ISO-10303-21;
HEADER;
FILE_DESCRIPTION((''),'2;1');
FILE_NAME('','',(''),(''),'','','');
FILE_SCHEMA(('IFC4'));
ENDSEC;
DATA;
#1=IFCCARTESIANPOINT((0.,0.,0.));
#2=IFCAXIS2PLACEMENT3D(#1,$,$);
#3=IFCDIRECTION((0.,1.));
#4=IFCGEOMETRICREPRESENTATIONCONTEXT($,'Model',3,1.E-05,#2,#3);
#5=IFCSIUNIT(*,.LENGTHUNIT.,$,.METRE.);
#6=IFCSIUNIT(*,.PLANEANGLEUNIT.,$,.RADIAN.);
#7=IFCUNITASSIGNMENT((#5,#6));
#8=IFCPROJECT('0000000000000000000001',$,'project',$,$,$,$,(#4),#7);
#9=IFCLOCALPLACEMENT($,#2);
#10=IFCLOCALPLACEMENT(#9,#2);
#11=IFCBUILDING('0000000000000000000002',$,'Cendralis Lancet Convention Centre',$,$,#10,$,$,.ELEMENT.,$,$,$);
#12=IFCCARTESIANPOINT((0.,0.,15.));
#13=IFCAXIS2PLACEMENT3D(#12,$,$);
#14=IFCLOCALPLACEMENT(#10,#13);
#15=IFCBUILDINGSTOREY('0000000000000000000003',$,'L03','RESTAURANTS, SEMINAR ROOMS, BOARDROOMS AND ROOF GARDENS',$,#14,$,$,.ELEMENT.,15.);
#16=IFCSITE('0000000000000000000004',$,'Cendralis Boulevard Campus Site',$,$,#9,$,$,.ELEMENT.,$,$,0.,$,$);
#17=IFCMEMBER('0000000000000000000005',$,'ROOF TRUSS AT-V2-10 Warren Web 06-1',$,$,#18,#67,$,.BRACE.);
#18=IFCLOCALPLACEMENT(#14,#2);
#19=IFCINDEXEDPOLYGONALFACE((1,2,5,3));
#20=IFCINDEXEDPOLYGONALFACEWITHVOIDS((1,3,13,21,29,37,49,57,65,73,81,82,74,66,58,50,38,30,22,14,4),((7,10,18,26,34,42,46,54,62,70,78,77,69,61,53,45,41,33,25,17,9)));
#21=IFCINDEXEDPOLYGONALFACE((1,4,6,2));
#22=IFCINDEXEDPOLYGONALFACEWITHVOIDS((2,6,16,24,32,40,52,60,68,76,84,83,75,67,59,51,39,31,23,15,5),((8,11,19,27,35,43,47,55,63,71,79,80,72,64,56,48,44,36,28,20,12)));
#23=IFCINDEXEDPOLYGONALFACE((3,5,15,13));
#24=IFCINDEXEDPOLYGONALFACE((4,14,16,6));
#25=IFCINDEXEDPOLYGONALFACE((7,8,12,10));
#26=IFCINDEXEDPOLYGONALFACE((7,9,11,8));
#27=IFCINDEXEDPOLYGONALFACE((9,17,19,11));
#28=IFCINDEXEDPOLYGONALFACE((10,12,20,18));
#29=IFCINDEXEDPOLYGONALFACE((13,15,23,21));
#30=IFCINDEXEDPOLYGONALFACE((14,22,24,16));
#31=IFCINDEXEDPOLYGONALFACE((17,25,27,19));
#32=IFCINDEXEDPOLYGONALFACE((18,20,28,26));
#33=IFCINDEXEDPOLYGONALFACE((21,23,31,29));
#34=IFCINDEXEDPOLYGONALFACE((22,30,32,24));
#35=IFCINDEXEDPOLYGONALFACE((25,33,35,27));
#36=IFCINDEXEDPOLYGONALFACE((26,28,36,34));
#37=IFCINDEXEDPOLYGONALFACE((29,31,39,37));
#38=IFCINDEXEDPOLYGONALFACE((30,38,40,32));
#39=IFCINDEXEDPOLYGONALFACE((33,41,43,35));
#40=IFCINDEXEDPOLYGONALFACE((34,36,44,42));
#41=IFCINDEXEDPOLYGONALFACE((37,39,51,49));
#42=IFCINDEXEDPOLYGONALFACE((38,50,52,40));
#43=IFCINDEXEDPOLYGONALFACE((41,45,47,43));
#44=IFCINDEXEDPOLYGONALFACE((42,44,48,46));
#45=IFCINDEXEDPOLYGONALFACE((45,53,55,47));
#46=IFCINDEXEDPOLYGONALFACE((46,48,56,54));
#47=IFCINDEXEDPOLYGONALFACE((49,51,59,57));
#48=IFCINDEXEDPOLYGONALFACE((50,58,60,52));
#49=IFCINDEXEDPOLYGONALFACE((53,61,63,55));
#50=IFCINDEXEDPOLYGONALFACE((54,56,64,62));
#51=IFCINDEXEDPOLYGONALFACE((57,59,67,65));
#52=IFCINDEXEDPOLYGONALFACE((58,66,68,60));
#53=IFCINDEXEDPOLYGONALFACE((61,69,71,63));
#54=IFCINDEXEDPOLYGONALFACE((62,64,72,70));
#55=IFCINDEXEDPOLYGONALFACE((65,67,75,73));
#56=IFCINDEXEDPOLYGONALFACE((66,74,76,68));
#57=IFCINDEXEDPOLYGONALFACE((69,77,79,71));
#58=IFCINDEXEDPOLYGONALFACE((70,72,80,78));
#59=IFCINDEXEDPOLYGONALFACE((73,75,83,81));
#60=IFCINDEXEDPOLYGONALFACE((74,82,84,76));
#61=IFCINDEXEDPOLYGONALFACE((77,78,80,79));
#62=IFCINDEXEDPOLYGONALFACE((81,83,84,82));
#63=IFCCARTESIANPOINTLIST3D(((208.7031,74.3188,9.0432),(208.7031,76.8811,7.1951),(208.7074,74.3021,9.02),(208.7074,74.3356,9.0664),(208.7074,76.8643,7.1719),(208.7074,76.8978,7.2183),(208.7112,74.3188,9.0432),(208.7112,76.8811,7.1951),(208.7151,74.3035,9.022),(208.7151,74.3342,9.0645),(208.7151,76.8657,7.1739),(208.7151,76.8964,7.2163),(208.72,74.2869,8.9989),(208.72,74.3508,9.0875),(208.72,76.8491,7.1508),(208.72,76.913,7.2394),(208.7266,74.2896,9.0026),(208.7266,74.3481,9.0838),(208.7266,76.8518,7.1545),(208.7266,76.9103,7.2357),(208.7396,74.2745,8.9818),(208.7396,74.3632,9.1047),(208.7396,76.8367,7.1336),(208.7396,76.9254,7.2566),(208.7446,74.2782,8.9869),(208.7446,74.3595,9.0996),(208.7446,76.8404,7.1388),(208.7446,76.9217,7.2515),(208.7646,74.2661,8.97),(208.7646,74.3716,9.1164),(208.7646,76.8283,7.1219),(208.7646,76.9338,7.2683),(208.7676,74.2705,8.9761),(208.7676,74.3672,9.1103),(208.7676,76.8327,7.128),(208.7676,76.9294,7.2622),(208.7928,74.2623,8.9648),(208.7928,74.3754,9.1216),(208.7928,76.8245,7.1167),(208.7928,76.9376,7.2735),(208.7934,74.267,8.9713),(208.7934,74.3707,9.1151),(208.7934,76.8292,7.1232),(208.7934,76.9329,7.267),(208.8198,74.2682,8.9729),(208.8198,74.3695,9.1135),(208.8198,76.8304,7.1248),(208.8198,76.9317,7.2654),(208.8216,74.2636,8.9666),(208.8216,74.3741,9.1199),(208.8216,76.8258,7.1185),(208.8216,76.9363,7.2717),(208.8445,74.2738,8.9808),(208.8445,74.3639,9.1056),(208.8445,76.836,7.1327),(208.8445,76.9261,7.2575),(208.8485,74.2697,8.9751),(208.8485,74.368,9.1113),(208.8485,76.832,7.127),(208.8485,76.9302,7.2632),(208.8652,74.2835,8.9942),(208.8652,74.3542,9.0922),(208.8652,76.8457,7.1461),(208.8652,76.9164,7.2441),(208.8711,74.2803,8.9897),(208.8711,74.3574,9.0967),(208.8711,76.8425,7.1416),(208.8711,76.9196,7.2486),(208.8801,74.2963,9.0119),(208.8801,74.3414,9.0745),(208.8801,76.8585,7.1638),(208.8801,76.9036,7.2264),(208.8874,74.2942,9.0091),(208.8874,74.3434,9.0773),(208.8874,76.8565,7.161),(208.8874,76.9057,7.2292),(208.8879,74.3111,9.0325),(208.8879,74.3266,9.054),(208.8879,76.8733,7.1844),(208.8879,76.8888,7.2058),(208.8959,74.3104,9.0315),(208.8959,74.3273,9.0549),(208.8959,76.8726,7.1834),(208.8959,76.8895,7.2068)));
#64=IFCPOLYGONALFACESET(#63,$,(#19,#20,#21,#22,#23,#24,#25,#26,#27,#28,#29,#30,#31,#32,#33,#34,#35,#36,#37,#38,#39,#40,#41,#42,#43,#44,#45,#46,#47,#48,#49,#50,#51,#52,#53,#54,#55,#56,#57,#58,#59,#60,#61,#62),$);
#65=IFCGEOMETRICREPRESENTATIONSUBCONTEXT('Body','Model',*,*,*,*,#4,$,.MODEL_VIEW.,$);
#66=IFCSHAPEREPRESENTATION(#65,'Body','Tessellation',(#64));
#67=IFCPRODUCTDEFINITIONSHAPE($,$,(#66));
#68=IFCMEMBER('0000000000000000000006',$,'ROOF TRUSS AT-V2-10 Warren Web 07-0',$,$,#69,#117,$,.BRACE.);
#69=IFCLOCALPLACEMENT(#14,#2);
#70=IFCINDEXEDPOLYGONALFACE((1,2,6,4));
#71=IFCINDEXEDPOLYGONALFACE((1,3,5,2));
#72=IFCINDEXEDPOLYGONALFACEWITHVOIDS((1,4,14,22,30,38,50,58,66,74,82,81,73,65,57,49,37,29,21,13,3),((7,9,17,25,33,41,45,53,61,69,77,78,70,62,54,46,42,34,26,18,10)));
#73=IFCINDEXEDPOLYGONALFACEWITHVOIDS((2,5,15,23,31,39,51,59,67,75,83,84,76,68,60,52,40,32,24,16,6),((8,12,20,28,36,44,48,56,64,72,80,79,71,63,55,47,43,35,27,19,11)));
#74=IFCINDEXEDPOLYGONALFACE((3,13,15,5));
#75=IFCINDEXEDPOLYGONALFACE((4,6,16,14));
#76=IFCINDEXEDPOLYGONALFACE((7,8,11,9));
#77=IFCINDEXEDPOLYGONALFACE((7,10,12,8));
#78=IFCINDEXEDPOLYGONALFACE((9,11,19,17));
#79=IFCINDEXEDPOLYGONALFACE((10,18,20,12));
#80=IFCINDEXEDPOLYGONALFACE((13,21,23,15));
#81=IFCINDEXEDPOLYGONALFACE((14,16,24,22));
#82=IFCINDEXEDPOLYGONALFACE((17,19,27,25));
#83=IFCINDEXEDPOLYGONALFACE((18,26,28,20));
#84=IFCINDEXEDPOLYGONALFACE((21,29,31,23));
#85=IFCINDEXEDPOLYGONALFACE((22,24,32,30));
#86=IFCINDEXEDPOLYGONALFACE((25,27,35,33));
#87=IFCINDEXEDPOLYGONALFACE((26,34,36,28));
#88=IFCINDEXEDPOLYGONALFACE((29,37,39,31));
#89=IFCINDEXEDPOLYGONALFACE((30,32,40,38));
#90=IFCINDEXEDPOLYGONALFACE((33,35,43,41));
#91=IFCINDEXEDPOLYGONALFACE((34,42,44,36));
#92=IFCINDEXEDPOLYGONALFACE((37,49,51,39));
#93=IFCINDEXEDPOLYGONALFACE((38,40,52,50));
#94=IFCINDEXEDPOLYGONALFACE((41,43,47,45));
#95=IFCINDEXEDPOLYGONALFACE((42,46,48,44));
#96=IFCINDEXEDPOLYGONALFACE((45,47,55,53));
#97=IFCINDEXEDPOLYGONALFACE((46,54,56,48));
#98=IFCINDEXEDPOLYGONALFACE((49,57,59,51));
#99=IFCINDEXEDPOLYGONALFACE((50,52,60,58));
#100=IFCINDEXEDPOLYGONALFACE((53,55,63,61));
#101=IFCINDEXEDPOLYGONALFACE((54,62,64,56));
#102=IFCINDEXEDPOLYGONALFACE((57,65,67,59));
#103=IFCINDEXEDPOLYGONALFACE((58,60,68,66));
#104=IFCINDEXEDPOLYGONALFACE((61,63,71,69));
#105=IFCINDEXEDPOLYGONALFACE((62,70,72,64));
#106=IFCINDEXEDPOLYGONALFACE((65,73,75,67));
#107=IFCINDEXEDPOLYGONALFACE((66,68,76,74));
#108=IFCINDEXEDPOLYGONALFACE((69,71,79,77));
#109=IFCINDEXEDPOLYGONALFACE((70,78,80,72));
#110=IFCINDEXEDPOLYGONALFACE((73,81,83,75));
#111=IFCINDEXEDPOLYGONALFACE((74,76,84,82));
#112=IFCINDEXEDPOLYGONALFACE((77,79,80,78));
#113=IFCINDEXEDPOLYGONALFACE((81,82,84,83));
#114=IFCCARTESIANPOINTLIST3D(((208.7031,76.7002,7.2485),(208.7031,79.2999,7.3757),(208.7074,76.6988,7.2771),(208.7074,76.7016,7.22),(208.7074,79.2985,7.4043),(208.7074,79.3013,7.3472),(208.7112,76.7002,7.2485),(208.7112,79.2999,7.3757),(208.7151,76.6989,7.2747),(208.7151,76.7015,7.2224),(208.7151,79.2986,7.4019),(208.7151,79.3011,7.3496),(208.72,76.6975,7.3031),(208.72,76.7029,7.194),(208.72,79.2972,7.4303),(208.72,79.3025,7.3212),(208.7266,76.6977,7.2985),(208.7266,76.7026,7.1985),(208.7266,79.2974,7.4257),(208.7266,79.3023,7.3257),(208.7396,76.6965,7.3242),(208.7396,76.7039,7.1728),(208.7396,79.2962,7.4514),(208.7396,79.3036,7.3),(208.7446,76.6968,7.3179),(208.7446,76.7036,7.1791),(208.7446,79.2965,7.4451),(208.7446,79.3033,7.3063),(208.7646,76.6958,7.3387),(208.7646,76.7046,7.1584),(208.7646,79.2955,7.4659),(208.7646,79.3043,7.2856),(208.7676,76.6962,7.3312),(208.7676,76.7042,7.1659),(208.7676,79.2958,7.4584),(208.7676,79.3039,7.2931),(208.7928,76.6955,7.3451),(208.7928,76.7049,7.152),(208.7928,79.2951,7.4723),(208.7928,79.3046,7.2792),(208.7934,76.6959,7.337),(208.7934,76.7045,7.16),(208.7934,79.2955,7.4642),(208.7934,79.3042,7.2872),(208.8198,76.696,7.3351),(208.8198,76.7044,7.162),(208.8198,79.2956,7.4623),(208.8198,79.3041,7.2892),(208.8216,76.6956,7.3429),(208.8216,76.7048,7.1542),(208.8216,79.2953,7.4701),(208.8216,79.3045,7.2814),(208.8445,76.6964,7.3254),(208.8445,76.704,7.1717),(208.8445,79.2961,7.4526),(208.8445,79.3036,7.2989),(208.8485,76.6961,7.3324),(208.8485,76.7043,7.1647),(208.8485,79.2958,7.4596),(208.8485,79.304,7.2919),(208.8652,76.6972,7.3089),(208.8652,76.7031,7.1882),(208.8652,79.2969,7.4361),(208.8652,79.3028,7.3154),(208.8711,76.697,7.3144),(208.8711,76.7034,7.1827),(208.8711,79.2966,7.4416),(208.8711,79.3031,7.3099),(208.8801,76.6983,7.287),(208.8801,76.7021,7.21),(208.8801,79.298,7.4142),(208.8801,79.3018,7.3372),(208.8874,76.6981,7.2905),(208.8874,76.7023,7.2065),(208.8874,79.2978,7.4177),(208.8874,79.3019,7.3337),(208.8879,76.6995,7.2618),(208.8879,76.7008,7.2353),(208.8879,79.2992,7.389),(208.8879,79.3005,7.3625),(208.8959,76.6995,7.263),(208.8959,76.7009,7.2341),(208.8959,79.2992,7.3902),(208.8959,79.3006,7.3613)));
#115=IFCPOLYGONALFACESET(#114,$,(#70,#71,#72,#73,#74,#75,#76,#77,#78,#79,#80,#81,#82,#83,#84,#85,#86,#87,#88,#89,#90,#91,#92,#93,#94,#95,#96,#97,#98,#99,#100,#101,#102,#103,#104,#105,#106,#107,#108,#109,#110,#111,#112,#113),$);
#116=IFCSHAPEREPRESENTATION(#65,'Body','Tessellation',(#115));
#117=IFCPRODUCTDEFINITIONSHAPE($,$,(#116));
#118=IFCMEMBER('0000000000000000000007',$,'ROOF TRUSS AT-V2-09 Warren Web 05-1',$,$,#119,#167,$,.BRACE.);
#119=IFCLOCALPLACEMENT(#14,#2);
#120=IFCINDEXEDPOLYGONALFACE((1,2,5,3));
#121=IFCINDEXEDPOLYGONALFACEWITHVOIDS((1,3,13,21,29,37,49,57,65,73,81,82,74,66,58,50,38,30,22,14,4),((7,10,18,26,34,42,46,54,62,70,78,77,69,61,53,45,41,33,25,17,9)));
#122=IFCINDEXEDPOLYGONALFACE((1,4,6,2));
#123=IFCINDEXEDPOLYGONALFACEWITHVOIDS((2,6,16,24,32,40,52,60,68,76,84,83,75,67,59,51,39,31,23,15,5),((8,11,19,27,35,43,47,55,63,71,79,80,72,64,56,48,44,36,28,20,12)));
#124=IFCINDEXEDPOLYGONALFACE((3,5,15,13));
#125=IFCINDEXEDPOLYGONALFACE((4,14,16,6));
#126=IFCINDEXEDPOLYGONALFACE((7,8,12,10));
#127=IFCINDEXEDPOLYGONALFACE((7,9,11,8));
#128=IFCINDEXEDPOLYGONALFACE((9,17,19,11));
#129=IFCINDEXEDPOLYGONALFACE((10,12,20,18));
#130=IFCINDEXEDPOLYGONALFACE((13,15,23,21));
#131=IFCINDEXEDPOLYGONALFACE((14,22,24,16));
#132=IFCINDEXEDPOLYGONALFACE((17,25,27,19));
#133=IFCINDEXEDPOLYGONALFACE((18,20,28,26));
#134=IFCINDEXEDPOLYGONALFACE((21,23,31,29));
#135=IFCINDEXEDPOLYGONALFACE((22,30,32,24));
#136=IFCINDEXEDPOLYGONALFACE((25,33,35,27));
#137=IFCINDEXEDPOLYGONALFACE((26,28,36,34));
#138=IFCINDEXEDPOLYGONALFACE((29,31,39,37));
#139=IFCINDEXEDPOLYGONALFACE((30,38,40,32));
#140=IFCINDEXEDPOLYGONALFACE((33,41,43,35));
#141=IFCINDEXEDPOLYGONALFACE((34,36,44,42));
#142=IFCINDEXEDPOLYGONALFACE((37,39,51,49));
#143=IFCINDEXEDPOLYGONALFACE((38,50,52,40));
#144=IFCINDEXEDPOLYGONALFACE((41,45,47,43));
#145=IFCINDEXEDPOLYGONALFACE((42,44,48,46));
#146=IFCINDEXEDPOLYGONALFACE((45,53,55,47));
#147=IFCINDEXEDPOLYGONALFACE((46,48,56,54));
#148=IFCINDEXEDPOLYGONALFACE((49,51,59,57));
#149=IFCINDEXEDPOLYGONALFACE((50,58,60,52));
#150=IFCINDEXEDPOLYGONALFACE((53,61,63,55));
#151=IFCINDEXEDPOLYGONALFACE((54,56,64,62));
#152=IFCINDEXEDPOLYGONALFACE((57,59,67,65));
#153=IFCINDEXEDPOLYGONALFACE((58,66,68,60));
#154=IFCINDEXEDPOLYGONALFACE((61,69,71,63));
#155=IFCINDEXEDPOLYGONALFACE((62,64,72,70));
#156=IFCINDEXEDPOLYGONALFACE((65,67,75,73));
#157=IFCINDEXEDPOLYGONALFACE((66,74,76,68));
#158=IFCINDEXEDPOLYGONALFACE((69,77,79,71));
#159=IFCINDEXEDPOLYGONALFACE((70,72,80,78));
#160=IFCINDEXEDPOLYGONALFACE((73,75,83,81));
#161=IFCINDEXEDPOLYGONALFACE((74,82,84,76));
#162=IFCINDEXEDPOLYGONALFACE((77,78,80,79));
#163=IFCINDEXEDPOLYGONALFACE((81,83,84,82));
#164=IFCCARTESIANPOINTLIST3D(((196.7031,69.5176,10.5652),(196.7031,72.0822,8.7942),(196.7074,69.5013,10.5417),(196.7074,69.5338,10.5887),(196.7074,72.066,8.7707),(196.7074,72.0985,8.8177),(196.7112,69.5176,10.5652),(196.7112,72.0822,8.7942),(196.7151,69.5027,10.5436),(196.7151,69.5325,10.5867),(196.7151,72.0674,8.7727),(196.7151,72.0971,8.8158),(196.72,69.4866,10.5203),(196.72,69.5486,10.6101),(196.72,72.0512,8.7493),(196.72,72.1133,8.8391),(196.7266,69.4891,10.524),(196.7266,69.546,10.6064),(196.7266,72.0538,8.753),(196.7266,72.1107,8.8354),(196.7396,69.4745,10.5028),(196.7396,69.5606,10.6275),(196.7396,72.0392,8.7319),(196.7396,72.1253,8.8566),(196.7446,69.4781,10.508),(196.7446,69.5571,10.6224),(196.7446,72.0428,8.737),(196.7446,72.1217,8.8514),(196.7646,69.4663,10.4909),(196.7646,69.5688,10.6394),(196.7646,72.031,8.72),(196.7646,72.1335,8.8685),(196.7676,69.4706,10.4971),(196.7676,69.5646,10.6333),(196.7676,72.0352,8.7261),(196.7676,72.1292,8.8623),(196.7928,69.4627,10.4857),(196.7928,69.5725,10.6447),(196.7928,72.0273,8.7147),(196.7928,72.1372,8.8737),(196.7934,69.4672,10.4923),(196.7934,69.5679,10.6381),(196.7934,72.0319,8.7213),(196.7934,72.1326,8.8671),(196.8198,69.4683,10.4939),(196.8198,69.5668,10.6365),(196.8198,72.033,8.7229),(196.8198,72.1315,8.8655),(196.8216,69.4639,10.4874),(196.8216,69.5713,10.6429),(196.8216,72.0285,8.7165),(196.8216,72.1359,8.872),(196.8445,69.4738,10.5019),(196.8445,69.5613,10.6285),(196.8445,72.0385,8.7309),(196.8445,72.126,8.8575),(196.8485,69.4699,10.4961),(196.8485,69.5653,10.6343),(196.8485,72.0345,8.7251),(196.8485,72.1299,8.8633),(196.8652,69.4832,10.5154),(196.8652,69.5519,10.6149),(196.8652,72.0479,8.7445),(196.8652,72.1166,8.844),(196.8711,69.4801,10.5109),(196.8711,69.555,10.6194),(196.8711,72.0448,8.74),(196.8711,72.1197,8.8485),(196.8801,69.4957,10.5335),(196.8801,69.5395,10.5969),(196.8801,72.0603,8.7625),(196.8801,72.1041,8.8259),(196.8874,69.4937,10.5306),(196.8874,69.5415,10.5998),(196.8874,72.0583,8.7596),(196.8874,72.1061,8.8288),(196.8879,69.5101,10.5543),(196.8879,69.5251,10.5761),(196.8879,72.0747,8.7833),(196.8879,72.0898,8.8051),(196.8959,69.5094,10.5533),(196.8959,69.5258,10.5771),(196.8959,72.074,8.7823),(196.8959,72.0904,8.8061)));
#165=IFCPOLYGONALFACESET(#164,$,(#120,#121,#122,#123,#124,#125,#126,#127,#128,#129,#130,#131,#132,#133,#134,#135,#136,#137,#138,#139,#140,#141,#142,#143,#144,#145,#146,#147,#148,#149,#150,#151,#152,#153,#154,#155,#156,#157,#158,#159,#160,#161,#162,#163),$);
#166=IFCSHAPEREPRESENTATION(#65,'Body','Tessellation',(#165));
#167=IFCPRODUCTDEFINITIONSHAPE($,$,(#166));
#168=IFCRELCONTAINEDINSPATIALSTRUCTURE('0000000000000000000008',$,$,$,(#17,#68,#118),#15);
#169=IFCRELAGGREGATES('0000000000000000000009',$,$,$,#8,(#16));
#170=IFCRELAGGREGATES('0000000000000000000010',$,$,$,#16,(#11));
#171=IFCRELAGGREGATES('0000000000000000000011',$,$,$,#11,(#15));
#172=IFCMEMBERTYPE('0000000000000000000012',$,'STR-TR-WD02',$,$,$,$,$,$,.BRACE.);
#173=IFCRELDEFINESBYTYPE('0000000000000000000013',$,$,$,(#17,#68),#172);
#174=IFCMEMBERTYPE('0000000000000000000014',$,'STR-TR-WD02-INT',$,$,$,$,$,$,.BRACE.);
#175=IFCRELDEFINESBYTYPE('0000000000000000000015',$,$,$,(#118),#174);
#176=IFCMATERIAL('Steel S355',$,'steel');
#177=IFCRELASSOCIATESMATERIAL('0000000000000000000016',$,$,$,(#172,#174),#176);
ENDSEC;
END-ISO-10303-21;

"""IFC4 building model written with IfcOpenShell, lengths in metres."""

from ifc_helpers import new_model, si_unit, direction, frame, origin, origin_2d, place, context, subcontext, project, spatial, hollow_circle, extrude, material, material_profile, profile_set, type_object, element, save


model = new_model("IFC4")

# Units and contexts
model_context = context("Model", 3, precision=1e-05, world=origin(), true_north=direction((0.0, 1.0)))
body_context = subcontext(model_context, "Body", "Model", "MODEL_VIEW")
ifc_project = project(units=[si_unit("LENGTHUNIT", "METRE"), si_unit("PLANEANGLEUNIT", "RADIAN")], contexts=[model_context])

# Site, building, storey
site_placement = place(None, origin())
site = spatial("IfcSite", under=ifc_project, at=site_placement, Name="Cendralis Boulevard Campus Site", CompositionType="ELEMENT", RefElevation=0.0)
building_placement = place(site_placement, origin())
building = spatial("IfcBuilding", under=site, at=building_placement, Name="Cendralis Lancet Convention Centre", CompositionType="ELEMENT")
storey_placement = place(building_placement, frame((0.0, 0.0, 15.0)))
storey = spatial("IfcBuildingStorey", under=building, at=storey_placement, Name="L03", Description="RESTAURANTS, SEMINAR ROOMS, BOARDROOMS AND ROOF GARDENS", CompositionType="ELEMENT", Elevation=15.0)

# Members
ifc_material_1 = material(Name="Steel S355", Category="steel")
ifc_material_profile_1 = material_profile(ifc_material_1, hollow_circle(Radius=0.0969, WallThickness=0.0081, at=origin_2d()), Name="CHS 193.7x8.0")
ifc_profile_set_1 = profile_set([ifc_material_profile_1], Name="Steel S355")
member_type_1 = type_object("IfcMemberType", Name="STR-TR-WD02", PredefinedType="BRACE", material=ifc_profile_set_1)
member_1_placement = place(storey_placement, frame((208.8, 74.3188, 9.0432), z_axis=(0.0, 0.811036, -0.584997), x_axis=(-1.0, 0.0, 0.0)))
element("IfcMember", 1, at=member_1_placement, inside=storey, type_object=member_type_1, Name="ROOF TRUSS AT-V2-10 Warren Web 06-1", PredefinedType="BRACE", context=body_context, shape_type="SweptSolid", body=[
    extrude(hollow_circle(Radius=0.0969, WallThickness=0.0081, at=origin_2d()), origin(), (0.0, 0.0, 1.0), 3.1592),
])
member_2_placement = place(storey_placement, frame((208.8, 76.7002, 7.2485), z_axis=(0.0, 0.998805, 0.048871), x_axis=(-1.0, 0.0, 0.0)))
element("IfcMember", 2, at=member_2_placement, inside=storey, type_object=member_type_1, Name="ROOF TRUSS AT-V2-10 Warren Web 07-0", PredefinedType="BRACE", context=body_context, shape_type="SweptSolid", body=[
    extrude(hollow_circle(Radius=0.0969, WallThickness=0.0081, at=origin_2d()), origin(), (0.0, 0.0, 1.0), 2.6028),
])
ifc_material_profile_2 = material_profile(ifc_material_1, hollow_circle(Radius=0.0969, WallThickness=0.0081, at=origin_2d()), Name="CHS 193.7x8.0")
ifc_profile_set_2 = profile_set([ifc_material_profile_2], Name="Steel S355")
member_type_2 = type_object("IfcMemberType", Name="STR-TR-WD02-INT", PredefinedType="BRACE", material=ifc_profile_set_2)
member_3_placement = place(storey_placement, frame((196.8, 69.5176, 10.5652), z_axis=(0.0, 0.822877, -0.56822), x_axis=(-1.0, 0.0, 0.0)))
element("IfcMember", 3, at=member_3_placement, inside=storey, type_object=member_type_2, Name="ROOF TRUSS AT-V2-09 Warren Web 05-1", PredefinedType="BRACE", context=body_context, shape_type="SweptSolid", body=[
    extrude(hollow_circle(Radius=0.0969, WallThickness=0.0081, at=origin_2d()), origin(), (0.0, 0.0, 1.0), 3.1167),
])

save(model, "model.ifc")
